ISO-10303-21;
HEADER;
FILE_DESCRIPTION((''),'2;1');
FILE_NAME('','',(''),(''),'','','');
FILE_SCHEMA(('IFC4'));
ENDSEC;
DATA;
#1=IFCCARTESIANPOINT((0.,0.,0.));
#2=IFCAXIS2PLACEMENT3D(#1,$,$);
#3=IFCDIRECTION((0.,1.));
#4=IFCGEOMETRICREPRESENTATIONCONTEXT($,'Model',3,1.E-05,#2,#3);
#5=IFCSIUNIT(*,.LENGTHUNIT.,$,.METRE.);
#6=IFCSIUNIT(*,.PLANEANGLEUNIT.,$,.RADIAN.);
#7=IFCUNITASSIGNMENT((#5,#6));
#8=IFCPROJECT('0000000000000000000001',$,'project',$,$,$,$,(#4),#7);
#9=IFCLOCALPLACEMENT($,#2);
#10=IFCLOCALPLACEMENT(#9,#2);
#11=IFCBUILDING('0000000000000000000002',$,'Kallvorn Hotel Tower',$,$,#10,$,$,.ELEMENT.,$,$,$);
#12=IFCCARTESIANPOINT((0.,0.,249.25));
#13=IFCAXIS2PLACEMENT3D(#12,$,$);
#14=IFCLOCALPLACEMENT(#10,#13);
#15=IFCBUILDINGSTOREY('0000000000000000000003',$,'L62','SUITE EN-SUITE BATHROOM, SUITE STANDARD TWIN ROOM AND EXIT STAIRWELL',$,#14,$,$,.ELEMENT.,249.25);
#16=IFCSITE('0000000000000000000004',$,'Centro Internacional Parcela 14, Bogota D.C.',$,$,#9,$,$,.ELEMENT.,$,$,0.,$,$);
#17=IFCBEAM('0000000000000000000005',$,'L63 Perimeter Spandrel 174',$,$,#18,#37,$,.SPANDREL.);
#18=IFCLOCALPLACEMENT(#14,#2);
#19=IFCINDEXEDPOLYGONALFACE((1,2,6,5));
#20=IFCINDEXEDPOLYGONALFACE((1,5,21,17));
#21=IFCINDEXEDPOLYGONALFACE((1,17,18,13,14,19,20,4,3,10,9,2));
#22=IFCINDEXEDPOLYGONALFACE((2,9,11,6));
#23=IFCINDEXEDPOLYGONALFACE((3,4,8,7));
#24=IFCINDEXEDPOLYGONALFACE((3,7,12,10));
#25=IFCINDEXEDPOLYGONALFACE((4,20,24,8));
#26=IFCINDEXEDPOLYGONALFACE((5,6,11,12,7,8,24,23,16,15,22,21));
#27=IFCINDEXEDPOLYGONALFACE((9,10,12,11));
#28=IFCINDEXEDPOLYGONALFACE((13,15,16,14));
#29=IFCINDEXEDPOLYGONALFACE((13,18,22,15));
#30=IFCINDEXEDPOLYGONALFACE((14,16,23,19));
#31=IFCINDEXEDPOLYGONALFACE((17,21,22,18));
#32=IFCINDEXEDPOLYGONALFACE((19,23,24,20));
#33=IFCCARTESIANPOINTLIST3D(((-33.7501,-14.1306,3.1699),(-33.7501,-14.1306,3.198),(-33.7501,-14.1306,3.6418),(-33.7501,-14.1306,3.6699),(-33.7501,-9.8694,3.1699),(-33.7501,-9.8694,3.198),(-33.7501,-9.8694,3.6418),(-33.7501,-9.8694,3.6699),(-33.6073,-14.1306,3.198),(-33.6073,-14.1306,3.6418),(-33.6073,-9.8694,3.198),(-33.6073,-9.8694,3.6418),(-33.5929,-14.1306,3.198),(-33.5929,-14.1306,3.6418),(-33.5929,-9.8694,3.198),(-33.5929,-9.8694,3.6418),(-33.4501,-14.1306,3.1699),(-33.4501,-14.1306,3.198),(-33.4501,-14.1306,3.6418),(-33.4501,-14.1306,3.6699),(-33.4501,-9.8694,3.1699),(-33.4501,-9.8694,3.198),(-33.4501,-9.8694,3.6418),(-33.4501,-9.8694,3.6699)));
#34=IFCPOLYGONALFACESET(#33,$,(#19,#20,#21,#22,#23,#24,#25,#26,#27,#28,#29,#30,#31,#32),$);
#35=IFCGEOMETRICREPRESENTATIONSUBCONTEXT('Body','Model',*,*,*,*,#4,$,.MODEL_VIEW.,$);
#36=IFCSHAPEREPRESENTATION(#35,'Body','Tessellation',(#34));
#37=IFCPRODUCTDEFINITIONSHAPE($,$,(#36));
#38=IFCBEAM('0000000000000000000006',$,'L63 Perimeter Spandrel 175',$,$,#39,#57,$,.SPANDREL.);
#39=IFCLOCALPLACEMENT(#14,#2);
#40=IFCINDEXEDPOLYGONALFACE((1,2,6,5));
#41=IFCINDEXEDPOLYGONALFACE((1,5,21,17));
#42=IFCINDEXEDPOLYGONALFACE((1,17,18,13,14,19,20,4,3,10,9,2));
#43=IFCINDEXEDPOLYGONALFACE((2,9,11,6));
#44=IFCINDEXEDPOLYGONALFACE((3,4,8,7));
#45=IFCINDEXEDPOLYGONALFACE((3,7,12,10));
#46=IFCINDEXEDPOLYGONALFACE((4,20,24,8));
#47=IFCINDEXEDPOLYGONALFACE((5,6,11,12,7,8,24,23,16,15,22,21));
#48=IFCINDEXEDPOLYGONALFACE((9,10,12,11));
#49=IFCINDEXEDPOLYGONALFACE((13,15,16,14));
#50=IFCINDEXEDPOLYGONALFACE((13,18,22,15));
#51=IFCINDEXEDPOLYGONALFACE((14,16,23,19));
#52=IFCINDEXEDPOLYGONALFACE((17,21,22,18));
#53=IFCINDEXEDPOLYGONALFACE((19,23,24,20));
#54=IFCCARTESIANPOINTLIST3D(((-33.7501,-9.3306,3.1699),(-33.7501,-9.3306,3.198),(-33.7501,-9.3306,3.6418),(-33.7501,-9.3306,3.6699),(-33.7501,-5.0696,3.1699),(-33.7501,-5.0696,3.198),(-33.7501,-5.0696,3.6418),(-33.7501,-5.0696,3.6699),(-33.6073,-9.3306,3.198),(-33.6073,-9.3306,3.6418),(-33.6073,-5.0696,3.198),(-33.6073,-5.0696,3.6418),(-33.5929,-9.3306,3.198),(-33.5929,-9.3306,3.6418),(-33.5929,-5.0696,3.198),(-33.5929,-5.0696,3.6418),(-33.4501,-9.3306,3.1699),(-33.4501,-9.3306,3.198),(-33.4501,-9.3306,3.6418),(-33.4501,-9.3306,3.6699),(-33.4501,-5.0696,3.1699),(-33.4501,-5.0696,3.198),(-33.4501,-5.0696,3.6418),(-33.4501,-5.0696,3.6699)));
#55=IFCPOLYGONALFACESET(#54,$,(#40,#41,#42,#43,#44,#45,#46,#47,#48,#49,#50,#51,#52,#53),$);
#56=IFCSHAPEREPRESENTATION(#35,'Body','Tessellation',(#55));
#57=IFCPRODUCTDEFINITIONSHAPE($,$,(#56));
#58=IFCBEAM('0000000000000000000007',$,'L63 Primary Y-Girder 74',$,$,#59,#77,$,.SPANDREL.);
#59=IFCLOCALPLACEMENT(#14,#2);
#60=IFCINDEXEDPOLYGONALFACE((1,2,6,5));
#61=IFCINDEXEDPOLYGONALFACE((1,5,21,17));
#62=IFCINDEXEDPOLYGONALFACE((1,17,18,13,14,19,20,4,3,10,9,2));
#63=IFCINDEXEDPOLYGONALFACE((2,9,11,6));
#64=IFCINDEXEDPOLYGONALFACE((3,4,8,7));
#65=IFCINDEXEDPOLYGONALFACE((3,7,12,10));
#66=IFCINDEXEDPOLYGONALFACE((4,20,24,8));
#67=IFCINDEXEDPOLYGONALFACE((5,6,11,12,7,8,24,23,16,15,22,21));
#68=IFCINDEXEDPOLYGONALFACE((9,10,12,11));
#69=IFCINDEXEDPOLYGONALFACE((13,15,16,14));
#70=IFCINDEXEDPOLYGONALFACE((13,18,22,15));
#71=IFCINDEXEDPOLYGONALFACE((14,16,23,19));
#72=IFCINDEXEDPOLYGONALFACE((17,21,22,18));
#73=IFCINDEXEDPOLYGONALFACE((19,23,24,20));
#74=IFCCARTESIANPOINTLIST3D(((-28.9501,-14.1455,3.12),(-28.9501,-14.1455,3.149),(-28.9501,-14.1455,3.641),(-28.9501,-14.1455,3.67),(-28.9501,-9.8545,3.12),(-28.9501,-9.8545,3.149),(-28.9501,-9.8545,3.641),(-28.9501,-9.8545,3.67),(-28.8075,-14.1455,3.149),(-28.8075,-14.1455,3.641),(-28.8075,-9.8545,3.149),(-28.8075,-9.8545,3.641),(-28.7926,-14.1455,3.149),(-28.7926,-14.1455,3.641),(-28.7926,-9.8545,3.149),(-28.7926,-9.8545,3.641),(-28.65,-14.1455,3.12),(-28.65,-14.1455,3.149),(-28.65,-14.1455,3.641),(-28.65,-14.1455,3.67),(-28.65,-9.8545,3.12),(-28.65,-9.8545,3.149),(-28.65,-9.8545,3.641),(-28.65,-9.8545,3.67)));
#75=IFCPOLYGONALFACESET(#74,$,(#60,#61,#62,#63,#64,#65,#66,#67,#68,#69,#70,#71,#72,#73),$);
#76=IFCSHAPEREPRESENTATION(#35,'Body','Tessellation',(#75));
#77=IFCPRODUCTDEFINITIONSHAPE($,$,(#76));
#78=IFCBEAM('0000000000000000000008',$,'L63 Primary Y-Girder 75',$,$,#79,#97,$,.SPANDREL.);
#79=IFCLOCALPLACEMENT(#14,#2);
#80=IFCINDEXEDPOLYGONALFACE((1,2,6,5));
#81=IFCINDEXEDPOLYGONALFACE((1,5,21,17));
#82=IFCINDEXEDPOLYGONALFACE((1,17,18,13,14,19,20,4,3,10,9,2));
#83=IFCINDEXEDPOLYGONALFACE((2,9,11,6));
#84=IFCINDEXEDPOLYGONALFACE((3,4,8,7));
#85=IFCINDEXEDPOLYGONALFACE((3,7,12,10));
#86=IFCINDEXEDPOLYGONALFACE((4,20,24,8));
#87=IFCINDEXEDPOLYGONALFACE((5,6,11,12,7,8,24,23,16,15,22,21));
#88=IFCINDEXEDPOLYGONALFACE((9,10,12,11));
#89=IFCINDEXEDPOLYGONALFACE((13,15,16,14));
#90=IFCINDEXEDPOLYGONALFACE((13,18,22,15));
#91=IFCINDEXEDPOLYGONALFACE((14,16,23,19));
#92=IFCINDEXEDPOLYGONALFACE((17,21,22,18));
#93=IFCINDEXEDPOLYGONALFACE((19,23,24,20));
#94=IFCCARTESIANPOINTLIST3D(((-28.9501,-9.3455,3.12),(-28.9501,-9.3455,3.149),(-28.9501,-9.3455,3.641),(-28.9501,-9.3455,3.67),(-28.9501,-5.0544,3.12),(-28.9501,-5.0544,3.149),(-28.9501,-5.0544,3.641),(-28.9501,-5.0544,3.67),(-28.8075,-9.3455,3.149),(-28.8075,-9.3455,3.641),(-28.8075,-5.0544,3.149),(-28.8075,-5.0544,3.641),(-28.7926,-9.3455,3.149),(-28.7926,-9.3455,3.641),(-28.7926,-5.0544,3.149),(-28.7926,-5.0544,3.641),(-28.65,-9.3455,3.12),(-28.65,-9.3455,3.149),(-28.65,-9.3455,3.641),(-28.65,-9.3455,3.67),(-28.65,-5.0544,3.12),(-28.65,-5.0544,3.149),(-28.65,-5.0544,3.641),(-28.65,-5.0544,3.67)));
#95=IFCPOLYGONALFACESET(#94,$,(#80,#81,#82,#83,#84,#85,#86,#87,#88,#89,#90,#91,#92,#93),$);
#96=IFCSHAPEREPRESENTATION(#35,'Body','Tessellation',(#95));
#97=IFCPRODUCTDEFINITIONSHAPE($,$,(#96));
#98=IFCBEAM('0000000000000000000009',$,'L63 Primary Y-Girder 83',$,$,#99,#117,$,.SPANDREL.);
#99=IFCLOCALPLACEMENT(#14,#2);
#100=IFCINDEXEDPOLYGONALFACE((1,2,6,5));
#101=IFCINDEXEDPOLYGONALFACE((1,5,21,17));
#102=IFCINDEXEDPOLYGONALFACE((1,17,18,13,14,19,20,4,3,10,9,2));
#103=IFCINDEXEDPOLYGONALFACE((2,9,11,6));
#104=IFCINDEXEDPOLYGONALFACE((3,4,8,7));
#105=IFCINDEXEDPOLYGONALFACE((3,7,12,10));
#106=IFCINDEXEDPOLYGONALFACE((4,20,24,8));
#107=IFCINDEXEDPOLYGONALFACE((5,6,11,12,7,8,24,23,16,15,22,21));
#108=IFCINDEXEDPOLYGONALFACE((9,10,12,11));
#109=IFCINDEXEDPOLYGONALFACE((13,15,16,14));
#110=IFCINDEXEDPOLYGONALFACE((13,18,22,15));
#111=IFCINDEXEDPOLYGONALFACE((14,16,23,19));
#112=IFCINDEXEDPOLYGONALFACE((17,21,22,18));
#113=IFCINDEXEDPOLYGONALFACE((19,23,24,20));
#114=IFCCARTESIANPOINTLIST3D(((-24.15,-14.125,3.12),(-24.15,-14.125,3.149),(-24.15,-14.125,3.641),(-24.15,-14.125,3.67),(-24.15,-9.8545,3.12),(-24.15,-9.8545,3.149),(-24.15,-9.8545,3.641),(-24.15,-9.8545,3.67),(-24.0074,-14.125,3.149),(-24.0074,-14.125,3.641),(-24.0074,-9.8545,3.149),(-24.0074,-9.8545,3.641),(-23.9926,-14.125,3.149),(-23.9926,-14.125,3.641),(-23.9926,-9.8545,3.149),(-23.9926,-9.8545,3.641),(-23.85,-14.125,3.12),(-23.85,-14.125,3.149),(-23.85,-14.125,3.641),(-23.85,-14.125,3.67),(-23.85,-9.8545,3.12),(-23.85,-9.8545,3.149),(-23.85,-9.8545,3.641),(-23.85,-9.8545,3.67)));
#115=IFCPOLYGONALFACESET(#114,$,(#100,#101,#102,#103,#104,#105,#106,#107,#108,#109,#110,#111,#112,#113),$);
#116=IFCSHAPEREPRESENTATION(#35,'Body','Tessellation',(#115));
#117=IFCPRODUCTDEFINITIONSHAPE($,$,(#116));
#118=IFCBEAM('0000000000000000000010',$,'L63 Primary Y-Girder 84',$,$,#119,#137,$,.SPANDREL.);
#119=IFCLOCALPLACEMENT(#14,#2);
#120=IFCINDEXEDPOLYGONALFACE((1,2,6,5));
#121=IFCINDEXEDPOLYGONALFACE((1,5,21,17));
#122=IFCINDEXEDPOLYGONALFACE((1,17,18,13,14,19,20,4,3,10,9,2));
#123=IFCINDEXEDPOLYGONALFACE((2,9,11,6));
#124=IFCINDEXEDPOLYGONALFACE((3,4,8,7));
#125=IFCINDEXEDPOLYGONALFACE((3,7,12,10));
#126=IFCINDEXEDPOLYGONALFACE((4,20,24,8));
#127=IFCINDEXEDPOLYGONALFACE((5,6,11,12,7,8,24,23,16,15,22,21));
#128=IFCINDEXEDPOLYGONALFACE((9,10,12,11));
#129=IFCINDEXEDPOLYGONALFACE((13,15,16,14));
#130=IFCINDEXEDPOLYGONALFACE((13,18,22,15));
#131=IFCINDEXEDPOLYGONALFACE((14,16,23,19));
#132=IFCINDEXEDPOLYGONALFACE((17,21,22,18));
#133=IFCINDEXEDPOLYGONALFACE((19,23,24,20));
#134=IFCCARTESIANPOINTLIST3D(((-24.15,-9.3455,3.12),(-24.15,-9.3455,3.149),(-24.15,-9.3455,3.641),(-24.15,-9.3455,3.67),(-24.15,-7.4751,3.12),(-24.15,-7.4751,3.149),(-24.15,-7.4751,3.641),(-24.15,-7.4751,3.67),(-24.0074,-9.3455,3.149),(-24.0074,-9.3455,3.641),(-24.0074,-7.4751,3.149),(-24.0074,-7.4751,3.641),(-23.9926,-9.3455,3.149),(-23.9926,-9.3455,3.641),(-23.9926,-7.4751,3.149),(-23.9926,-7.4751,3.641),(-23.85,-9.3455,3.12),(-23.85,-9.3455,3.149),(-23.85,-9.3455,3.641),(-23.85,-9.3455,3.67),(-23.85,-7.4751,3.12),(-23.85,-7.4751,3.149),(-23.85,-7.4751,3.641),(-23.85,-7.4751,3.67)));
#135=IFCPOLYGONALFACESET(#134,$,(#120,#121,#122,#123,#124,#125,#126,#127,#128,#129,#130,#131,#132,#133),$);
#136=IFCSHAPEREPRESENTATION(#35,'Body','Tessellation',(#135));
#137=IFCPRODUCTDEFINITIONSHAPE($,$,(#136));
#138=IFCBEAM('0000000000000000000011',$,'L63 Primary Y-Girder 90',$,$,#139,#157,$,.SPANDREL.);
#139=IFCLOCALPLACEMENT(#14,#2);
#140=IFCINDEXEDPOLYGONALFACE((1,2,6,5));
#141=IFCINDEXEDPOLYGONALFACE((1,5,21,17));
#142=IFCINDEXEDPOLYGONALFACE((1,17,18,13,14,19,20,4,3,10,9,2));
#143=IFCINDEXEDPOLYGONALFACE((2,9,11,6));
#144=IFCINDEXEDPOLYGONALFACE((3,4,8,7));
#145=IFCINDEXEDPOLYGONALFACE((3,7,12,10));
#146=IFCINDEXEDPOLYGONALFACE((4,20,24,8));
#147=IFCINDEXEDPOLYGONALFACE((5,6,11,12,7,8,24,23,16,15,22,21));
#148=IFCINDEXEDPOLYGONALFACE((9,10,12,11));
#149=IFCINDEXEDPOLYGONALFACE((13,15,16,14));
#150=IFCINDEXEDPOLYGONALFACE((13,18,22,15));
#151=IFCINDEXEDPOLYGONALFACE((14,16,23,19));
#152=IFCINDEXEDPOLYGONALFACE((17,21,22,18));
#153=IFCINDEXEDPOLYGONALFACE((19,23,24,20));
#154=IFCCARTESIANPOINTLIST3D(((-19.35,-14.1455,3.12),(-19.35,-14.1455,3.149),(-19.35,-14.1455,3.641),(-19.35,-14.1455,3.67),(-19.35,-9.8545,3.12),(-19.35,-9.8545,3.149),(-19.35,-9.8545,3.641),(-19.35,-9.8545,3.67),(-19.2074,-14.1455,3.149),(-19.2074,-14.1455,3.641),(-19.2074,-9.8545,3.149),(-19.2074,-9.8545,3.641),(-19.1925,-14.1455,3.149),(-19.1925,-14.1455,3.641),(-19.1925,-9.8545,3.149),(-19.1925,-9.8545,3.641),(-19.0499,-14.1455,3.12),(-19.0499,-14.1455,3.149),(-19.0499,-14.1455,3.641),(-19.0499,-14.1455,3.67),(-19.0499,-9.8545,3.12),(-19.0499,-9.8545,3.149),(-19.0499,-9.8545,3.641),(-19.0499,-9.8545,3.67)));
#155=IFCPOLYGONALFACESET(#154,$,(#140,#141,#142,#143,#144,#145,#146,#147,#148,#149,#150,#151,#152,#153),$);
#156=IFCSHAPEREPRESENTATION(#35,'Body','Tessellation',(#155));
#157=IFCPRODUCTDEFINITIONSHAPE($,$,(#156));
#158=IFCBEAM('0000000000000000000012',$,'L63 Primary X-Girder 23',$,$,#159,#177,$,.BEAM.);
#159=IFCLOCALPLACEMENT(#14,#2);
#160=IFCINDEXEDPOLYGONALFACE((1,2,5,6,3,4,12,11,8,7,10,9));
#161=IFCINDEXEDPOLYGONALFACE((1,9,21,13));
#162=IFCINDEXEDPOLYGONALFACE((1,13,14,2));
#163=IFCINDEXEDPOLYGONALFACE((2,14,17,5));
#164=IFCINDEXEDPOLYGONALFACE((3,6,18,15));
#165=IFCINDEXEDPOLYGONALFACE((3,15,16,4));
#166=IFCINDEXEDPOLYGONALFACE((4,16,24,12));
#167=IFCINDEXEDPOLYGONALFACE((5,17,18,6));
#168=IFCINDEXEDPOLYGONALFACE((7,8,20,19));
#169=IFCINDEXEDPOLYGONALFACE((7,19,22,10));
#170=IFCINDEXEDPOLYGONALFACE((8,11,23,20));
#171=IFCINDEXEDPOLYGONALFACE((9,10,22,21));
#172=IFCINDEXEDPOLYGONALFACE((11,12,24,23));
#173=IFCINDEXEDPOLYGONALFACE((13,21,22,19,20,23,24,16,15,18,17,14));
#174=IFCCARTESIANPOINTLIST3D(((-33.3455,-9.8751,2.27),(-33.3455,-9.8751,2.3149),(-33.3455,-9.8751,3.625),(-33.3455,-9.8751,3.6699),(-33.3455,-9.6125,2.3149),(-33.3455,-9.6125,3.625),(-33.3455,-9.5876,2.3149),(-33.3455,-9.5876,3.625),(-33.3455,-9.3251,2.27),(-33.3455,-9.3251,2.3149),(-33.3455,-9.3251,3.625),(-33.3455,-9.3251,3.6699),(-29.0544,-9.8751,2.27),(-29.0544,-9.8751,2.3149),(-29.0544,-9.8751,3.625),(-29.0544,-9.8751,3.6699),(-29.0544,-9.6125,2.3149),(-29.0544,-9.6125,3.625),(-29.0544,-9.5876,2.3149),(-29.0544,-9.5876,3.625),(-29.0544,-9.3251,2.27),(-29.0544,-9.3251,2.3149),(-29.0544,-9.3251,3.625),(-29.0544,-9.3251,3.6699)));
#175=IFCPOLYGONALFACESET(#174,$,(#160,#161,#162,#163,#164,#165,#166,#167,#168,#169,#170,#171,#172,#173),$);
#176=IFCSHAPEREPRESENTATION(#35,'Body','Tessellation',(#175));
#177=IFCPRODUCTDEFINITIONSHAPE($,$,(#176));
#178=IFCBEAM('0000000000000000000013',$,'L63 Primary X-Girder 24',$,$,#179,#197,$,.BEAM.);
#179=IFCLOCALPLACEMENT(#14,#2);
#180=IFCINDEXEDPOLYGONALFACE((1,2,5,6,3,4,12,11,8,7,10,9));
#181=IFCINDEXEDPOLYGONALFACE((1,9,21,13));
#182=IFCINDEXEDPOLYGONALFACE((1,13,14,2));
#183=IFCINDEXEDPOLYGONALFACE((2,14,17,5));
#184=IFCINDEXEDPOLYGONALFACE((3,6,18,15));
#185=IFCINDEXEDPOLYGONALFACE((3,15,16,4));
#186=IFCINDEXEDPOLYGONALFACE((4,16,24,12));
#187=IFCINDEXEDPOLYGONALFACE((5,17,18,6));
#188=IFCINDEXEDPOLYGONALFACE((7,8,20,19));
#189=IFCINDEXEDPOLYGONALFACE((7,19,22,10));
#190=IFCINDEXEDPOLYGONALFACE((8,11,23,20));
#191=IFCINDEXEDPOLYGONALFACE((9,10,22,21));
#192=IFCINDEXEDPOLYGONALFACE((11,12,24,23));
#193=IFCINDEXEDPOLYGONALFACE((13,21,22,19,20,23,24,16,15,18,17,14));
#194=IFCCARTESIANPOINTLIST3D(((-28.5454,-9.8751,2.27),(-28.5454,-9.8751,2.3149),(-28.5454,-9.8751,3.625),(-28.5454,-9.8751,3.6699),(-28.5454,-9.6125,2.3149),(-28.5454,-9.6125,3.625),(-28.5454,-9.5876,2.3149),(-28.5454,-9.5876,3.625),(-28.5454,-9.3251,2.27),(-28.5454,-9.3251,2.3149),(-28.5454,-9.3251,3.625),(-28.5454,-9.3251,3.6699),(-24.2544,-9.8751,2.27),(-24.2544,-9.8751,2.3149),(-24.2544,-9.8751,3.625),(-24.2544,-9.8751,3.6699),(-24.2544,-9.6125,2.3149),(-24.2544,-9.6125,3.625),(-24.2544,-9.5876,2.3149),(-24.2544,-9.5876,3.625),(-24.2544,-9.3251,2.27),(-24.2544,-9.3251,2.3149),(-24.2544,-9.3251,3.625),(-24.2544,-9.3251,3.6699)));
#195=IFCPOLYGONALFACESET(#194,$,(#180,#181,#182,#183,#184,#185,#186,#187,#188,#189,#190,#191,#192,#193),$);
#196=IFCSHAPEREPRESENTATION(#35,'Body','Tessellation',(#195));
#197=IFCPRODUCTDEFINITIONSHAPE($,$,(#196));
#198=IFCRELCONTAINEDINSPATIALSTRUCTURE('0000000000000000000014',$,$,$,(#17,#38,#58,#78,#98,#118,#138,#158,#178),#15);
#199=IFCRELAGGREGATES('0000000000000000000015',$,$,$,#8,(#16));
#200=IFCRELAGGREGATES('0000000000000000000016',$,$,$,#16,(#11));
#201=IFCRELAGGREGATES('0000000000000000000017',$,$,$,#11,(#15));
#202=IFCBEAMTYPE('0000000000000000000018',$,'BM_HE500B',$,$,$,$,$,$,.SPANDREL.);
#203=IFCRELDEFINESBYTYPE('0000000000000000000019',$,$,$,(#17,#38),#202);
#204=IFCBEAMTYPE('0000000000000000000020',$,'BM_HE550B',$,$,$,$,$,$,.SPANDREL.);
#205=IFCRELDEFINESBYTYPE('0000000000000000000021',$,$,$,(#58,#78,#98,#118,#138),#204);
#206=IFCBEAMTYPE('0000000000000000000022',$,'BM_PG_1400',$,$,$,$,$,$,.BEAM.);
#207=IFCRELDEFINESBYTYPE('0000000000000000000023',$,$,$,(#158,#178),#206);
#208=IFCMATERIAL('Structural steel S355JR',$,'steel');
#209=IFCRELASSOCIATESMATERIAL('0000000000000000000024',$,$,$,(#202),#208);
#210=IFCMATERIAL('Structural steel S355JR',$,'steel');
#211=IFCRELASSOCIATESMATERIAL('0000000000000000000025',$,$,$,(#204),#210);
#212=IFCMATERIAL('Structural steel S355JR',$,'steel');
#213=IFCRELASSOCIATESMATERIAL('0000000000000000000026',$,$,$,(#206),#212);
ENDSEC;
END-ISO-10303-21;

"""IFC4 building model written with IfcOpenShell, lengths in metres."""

from ifc_helpers import new_model, si_unit, direction, frame, origin, origin_2d, place, context, subcontext, project, spatial, i_section, extrude, material, material_profile, profile_set, type_object, element, save


model = new_model("IFC4")

# Units and contexts
model_context = context("Model", 3, precision=1e-05, world=origin(), true_north=direction((0.0, 1.0)))
body_context = subcontext(model_context, "Body", "Model", "MODEL_VIEW")
ifc_project = project(units=[si_unit("LENGTHUNIT", "METRE"), si_unit("PLANEANGLEUNIT", "RADIAN")], contexts=[model_context])

# Site, building, storey
site_placement = place(None, origin())
site = spatial("IfcSite", under=ifc_project, at=site_placement, Name="Centro Internacional Parcela 14, Bogota D.C.", CompositionType="ELEMENT", RefElevation=0.0)
building_placement = place(site_placement, origin())
building = spatial("IfcBuilding", under=site, at=building_placement, Name="Kallvorn Hotel Tower", CompositionType="ELEMENT")
storey_placement = place(building_placement, frame((0.0, 0.0, 249.25)))
storey = spatial("IfcBuildingStorey", under=building, at=storey_placement, Name="L62", Description="SUITE EN-SUITE BATHROOM, SUITE STANDARD TWIN ROOM AND EXIT STAIRWELL", CompositionType="ELEMENT", Elevation=249.25)

# Beams
ifc_material_1 = material(Name="Structural steel S355JR", Category="steel")
ifc_material_profile_1 = material_profile(ifc_material_1, i_section(OverallWidth=0.3, OverallDepth=0.5, WebThickness=0.0144, FlangeThickness=0.0281, at=origin_2d()), Name="HE 500 B")
ifc_profile_set_1 = profile_set([ifc_material_profile_1], Name="Structural steel S355JR")
beam_type_1 = type_object("IfcBeamType", Name="BM_HE500B", PredefinedType="SPANDREL", material=ifc_profile_set_1)
beam_1_placement = place(storey_placement, frame((-33.6001, -14.1306, 3.4199), z_axis=(0.0, 1.0, 0.0), x_axis=(-1.0, 0.0, 0.0)))
element("IfcBeam", 1, at=beam_1_placement, inside=storey, type_object=beam_type_1, Name="L63 Perimeter Spandrel 174", PredefinedType="SPANDREL", context=body_context, shape_type="SweptSolid", body=[
    extrude(i_section(OverallWidth=0.3, OverallDepth=0.5, WebThickness=0.0144, FlangeThickness=0.0281, at=origin_2d()), origin(), (0.0, 0.0, 1.0), 4.2612),
])
beam_2_placement = place(storey_placement, frame((-33.6001, -9.3306, 3.4199), z_axis=(0.0, 1.0, 0.0), x_axis=(-1.0, 0.0, 0.0)))
element("IfcBeam", 2, at=beam_2_placement, inside=storey, type_object=beam_type_1, Name="L63 Perimeter Spandrel 175", PredefinedType="SPANDREL", context=body_context, shape_type="SweptSolid", body=[
    extrude(i_section(OverallWidth=0.3, OverallDepth=0.5, WebThickness=0.0144, FlangeThickness=0.0281, at=origin_2d()), origin(), (0.0, 0.0, 1.0), 4.261),
])
ifc_material_2 = material(Name="Structural steel S355JR", Category="steel")
ifc_material_profile_2 = material_profile(ifc_material_2, i_section(OverallWidth=0.3, OverallDepth=0.55, WebThickness=0.0149, FlangeThickness=0.0291, at=origin_2d()), Name="HE 550 B")
ifc_profile_set_2 = profile_set([ifc_material_profile_2], Name="Structural steel S355JR")
beam_type_2 = type_object("IfcBeamType", Name="BM_HE550B", PredefinedType="SPANDREL", material=ifc_profile_set_2)
for number, where, z_axis, x_axis, name in (
    (3, (-28.8, -14.1455, 3.395), (0.0, 1.0, 0.0), (-1.0, 0.0, 0.0), "L63 Primary Y-Girder 74"),
    (4, (-28.8, -9.3455, 3.395), (0.0, 1.0, 0.0), (-1.0, 0.0, 0.0), "L63 Primary Y-Girder 75"),
):
    element("IfcBeam", number, at=place(storey_placement, frame(where, z_axis=z_axis, x_axis=x_axis)), inside=storey, type_object=beam_type_2, Name=name, PredefinedType="SPANDREL", context=body_context, shape_type="SweptSolid", body=[
        extrude(i_section(OverallWidth=0.3, OverallDepth=0.55, WebThickness=0.0149, FlangeThickness=0.0291, at=origin_2d()), origin(), (0.0, 0.0, 1.0), 4.291),
    ])
beam_3_placement = place(storey_placement, frame((-24.0, -14.125, 3.395), z_axis=(0.0, 1.0, 0.0), x_axis=(-1.0, 0.0, 0.0)))
element("IfcBeam", 5, at=beam_3_placement, inside=storey, type_object=beam_type_2, Name="L63 Primary Y-Girder 83", PredefinedType="SPANDREL", context=body_context, shape_type="SweptSolid", body=[
    extrude(i_section(OverallWidth=0.3, OverallDepth=0.55, WebThickness=0.0149, FlangeThickness=0.0291, at=origin_2d()), origin(), (0.0, 0.0, 1.0), 4.2705),
])
beam_4_placement = place(storey_placement, frame((-24.0, -9.3455, 3.395), z_axis=(0.0, 1.0, 0.0), x_axis=(-1.0, 0.0, 0.0)))
element("IfcBeam", 6, at=beam_4_placement, inside=storey, type_object=beam_type_2, Name="L63 Primary Y-Girder 84", PredefinedType="SPANDREL", context=body_context, shape_type="SweptSolid", body=[
    extrude(i_section(OverallWidth=0.3, OverallDepth=0.55, WebThickness=0.0149, FlangeThickness=0.0291, at=origin_2d()), origin(), (0.0, 0.0, 1.0), 1.8704),
])
beam_5_placement = place(storey_placement, frame((-19.2, -14.1455, 3.395), z_axis=(0.0, 1.0, 0.0), x_axis=(-1.0, 0.0, 0.0)))
element("IfcBeam", 7, at=beam_5_placement, inside=storey, type_object=beam_type_2, Name="L63 Primary Y-Girder 90", PredefinedType="SPANDREL", context=body_context, shape_type="SweptSolid", body=[
    extrude(i_section(OverallWidth=0.3, OverallDepth=0.55, WebThickness=0.0149, FlangeThickness=0.0291, at=origin_2d()), origin(), (0.0, 0.0, 1.0), 4.291),
])
ifc_material_3 = material(Name="Structural steel S355JR", Category="steel")
ifc_material_profile_3 = material_profile(ifc_material_3, i_section(OverallWidth=0.55, OverallDepth=1.3999, WebThickness=0.0249, FlangeThickness=0.0449, at=origin_2d()), Name="PG 1400x550x25x45")
ifc_profile_set_3 = profile_set([ifc_material_profile_3], Name="Structural steel S355JR")
beam_type_3 = type_object("IfcBeamType", Name="BM_PG_1400", PredefinedType="BEAM", material=ifc_profile_set_3)
for number, where, z_axis, x_axis, name in (
    (8, (-33.3455, -9.6001, 2.97), (1.0, 0.0, 0.0), (0.0, 1.0, 0.0), "L63 Primary X-Girder 23"),
    (9, (-28.5454, -9.6001, 2.97), (1.0, 0.0, 0.0), (0.0, 1.0, 0.0), "L63 Primary X-Girder 24"),
):
    element("IfcBeam", number, at=place(storey_placement, frame(where, z_axis=z_axis, x_axis=x_axis)), inside=storey, type_object=beam_type_3, Name=name, PredefinedType="BEAM", context=body_context, shape_type="SweptSolid", body=[
        extrude(i_section(OverallWidth=0.55, OverallDepth=1.3999, WebThickness=0.0249, FlangeThickness=0.0449, at=origin_2d()), origin(), (0.0, 0.0, 1.0), 4.291),
    ])

save(model, "model.ifc")
